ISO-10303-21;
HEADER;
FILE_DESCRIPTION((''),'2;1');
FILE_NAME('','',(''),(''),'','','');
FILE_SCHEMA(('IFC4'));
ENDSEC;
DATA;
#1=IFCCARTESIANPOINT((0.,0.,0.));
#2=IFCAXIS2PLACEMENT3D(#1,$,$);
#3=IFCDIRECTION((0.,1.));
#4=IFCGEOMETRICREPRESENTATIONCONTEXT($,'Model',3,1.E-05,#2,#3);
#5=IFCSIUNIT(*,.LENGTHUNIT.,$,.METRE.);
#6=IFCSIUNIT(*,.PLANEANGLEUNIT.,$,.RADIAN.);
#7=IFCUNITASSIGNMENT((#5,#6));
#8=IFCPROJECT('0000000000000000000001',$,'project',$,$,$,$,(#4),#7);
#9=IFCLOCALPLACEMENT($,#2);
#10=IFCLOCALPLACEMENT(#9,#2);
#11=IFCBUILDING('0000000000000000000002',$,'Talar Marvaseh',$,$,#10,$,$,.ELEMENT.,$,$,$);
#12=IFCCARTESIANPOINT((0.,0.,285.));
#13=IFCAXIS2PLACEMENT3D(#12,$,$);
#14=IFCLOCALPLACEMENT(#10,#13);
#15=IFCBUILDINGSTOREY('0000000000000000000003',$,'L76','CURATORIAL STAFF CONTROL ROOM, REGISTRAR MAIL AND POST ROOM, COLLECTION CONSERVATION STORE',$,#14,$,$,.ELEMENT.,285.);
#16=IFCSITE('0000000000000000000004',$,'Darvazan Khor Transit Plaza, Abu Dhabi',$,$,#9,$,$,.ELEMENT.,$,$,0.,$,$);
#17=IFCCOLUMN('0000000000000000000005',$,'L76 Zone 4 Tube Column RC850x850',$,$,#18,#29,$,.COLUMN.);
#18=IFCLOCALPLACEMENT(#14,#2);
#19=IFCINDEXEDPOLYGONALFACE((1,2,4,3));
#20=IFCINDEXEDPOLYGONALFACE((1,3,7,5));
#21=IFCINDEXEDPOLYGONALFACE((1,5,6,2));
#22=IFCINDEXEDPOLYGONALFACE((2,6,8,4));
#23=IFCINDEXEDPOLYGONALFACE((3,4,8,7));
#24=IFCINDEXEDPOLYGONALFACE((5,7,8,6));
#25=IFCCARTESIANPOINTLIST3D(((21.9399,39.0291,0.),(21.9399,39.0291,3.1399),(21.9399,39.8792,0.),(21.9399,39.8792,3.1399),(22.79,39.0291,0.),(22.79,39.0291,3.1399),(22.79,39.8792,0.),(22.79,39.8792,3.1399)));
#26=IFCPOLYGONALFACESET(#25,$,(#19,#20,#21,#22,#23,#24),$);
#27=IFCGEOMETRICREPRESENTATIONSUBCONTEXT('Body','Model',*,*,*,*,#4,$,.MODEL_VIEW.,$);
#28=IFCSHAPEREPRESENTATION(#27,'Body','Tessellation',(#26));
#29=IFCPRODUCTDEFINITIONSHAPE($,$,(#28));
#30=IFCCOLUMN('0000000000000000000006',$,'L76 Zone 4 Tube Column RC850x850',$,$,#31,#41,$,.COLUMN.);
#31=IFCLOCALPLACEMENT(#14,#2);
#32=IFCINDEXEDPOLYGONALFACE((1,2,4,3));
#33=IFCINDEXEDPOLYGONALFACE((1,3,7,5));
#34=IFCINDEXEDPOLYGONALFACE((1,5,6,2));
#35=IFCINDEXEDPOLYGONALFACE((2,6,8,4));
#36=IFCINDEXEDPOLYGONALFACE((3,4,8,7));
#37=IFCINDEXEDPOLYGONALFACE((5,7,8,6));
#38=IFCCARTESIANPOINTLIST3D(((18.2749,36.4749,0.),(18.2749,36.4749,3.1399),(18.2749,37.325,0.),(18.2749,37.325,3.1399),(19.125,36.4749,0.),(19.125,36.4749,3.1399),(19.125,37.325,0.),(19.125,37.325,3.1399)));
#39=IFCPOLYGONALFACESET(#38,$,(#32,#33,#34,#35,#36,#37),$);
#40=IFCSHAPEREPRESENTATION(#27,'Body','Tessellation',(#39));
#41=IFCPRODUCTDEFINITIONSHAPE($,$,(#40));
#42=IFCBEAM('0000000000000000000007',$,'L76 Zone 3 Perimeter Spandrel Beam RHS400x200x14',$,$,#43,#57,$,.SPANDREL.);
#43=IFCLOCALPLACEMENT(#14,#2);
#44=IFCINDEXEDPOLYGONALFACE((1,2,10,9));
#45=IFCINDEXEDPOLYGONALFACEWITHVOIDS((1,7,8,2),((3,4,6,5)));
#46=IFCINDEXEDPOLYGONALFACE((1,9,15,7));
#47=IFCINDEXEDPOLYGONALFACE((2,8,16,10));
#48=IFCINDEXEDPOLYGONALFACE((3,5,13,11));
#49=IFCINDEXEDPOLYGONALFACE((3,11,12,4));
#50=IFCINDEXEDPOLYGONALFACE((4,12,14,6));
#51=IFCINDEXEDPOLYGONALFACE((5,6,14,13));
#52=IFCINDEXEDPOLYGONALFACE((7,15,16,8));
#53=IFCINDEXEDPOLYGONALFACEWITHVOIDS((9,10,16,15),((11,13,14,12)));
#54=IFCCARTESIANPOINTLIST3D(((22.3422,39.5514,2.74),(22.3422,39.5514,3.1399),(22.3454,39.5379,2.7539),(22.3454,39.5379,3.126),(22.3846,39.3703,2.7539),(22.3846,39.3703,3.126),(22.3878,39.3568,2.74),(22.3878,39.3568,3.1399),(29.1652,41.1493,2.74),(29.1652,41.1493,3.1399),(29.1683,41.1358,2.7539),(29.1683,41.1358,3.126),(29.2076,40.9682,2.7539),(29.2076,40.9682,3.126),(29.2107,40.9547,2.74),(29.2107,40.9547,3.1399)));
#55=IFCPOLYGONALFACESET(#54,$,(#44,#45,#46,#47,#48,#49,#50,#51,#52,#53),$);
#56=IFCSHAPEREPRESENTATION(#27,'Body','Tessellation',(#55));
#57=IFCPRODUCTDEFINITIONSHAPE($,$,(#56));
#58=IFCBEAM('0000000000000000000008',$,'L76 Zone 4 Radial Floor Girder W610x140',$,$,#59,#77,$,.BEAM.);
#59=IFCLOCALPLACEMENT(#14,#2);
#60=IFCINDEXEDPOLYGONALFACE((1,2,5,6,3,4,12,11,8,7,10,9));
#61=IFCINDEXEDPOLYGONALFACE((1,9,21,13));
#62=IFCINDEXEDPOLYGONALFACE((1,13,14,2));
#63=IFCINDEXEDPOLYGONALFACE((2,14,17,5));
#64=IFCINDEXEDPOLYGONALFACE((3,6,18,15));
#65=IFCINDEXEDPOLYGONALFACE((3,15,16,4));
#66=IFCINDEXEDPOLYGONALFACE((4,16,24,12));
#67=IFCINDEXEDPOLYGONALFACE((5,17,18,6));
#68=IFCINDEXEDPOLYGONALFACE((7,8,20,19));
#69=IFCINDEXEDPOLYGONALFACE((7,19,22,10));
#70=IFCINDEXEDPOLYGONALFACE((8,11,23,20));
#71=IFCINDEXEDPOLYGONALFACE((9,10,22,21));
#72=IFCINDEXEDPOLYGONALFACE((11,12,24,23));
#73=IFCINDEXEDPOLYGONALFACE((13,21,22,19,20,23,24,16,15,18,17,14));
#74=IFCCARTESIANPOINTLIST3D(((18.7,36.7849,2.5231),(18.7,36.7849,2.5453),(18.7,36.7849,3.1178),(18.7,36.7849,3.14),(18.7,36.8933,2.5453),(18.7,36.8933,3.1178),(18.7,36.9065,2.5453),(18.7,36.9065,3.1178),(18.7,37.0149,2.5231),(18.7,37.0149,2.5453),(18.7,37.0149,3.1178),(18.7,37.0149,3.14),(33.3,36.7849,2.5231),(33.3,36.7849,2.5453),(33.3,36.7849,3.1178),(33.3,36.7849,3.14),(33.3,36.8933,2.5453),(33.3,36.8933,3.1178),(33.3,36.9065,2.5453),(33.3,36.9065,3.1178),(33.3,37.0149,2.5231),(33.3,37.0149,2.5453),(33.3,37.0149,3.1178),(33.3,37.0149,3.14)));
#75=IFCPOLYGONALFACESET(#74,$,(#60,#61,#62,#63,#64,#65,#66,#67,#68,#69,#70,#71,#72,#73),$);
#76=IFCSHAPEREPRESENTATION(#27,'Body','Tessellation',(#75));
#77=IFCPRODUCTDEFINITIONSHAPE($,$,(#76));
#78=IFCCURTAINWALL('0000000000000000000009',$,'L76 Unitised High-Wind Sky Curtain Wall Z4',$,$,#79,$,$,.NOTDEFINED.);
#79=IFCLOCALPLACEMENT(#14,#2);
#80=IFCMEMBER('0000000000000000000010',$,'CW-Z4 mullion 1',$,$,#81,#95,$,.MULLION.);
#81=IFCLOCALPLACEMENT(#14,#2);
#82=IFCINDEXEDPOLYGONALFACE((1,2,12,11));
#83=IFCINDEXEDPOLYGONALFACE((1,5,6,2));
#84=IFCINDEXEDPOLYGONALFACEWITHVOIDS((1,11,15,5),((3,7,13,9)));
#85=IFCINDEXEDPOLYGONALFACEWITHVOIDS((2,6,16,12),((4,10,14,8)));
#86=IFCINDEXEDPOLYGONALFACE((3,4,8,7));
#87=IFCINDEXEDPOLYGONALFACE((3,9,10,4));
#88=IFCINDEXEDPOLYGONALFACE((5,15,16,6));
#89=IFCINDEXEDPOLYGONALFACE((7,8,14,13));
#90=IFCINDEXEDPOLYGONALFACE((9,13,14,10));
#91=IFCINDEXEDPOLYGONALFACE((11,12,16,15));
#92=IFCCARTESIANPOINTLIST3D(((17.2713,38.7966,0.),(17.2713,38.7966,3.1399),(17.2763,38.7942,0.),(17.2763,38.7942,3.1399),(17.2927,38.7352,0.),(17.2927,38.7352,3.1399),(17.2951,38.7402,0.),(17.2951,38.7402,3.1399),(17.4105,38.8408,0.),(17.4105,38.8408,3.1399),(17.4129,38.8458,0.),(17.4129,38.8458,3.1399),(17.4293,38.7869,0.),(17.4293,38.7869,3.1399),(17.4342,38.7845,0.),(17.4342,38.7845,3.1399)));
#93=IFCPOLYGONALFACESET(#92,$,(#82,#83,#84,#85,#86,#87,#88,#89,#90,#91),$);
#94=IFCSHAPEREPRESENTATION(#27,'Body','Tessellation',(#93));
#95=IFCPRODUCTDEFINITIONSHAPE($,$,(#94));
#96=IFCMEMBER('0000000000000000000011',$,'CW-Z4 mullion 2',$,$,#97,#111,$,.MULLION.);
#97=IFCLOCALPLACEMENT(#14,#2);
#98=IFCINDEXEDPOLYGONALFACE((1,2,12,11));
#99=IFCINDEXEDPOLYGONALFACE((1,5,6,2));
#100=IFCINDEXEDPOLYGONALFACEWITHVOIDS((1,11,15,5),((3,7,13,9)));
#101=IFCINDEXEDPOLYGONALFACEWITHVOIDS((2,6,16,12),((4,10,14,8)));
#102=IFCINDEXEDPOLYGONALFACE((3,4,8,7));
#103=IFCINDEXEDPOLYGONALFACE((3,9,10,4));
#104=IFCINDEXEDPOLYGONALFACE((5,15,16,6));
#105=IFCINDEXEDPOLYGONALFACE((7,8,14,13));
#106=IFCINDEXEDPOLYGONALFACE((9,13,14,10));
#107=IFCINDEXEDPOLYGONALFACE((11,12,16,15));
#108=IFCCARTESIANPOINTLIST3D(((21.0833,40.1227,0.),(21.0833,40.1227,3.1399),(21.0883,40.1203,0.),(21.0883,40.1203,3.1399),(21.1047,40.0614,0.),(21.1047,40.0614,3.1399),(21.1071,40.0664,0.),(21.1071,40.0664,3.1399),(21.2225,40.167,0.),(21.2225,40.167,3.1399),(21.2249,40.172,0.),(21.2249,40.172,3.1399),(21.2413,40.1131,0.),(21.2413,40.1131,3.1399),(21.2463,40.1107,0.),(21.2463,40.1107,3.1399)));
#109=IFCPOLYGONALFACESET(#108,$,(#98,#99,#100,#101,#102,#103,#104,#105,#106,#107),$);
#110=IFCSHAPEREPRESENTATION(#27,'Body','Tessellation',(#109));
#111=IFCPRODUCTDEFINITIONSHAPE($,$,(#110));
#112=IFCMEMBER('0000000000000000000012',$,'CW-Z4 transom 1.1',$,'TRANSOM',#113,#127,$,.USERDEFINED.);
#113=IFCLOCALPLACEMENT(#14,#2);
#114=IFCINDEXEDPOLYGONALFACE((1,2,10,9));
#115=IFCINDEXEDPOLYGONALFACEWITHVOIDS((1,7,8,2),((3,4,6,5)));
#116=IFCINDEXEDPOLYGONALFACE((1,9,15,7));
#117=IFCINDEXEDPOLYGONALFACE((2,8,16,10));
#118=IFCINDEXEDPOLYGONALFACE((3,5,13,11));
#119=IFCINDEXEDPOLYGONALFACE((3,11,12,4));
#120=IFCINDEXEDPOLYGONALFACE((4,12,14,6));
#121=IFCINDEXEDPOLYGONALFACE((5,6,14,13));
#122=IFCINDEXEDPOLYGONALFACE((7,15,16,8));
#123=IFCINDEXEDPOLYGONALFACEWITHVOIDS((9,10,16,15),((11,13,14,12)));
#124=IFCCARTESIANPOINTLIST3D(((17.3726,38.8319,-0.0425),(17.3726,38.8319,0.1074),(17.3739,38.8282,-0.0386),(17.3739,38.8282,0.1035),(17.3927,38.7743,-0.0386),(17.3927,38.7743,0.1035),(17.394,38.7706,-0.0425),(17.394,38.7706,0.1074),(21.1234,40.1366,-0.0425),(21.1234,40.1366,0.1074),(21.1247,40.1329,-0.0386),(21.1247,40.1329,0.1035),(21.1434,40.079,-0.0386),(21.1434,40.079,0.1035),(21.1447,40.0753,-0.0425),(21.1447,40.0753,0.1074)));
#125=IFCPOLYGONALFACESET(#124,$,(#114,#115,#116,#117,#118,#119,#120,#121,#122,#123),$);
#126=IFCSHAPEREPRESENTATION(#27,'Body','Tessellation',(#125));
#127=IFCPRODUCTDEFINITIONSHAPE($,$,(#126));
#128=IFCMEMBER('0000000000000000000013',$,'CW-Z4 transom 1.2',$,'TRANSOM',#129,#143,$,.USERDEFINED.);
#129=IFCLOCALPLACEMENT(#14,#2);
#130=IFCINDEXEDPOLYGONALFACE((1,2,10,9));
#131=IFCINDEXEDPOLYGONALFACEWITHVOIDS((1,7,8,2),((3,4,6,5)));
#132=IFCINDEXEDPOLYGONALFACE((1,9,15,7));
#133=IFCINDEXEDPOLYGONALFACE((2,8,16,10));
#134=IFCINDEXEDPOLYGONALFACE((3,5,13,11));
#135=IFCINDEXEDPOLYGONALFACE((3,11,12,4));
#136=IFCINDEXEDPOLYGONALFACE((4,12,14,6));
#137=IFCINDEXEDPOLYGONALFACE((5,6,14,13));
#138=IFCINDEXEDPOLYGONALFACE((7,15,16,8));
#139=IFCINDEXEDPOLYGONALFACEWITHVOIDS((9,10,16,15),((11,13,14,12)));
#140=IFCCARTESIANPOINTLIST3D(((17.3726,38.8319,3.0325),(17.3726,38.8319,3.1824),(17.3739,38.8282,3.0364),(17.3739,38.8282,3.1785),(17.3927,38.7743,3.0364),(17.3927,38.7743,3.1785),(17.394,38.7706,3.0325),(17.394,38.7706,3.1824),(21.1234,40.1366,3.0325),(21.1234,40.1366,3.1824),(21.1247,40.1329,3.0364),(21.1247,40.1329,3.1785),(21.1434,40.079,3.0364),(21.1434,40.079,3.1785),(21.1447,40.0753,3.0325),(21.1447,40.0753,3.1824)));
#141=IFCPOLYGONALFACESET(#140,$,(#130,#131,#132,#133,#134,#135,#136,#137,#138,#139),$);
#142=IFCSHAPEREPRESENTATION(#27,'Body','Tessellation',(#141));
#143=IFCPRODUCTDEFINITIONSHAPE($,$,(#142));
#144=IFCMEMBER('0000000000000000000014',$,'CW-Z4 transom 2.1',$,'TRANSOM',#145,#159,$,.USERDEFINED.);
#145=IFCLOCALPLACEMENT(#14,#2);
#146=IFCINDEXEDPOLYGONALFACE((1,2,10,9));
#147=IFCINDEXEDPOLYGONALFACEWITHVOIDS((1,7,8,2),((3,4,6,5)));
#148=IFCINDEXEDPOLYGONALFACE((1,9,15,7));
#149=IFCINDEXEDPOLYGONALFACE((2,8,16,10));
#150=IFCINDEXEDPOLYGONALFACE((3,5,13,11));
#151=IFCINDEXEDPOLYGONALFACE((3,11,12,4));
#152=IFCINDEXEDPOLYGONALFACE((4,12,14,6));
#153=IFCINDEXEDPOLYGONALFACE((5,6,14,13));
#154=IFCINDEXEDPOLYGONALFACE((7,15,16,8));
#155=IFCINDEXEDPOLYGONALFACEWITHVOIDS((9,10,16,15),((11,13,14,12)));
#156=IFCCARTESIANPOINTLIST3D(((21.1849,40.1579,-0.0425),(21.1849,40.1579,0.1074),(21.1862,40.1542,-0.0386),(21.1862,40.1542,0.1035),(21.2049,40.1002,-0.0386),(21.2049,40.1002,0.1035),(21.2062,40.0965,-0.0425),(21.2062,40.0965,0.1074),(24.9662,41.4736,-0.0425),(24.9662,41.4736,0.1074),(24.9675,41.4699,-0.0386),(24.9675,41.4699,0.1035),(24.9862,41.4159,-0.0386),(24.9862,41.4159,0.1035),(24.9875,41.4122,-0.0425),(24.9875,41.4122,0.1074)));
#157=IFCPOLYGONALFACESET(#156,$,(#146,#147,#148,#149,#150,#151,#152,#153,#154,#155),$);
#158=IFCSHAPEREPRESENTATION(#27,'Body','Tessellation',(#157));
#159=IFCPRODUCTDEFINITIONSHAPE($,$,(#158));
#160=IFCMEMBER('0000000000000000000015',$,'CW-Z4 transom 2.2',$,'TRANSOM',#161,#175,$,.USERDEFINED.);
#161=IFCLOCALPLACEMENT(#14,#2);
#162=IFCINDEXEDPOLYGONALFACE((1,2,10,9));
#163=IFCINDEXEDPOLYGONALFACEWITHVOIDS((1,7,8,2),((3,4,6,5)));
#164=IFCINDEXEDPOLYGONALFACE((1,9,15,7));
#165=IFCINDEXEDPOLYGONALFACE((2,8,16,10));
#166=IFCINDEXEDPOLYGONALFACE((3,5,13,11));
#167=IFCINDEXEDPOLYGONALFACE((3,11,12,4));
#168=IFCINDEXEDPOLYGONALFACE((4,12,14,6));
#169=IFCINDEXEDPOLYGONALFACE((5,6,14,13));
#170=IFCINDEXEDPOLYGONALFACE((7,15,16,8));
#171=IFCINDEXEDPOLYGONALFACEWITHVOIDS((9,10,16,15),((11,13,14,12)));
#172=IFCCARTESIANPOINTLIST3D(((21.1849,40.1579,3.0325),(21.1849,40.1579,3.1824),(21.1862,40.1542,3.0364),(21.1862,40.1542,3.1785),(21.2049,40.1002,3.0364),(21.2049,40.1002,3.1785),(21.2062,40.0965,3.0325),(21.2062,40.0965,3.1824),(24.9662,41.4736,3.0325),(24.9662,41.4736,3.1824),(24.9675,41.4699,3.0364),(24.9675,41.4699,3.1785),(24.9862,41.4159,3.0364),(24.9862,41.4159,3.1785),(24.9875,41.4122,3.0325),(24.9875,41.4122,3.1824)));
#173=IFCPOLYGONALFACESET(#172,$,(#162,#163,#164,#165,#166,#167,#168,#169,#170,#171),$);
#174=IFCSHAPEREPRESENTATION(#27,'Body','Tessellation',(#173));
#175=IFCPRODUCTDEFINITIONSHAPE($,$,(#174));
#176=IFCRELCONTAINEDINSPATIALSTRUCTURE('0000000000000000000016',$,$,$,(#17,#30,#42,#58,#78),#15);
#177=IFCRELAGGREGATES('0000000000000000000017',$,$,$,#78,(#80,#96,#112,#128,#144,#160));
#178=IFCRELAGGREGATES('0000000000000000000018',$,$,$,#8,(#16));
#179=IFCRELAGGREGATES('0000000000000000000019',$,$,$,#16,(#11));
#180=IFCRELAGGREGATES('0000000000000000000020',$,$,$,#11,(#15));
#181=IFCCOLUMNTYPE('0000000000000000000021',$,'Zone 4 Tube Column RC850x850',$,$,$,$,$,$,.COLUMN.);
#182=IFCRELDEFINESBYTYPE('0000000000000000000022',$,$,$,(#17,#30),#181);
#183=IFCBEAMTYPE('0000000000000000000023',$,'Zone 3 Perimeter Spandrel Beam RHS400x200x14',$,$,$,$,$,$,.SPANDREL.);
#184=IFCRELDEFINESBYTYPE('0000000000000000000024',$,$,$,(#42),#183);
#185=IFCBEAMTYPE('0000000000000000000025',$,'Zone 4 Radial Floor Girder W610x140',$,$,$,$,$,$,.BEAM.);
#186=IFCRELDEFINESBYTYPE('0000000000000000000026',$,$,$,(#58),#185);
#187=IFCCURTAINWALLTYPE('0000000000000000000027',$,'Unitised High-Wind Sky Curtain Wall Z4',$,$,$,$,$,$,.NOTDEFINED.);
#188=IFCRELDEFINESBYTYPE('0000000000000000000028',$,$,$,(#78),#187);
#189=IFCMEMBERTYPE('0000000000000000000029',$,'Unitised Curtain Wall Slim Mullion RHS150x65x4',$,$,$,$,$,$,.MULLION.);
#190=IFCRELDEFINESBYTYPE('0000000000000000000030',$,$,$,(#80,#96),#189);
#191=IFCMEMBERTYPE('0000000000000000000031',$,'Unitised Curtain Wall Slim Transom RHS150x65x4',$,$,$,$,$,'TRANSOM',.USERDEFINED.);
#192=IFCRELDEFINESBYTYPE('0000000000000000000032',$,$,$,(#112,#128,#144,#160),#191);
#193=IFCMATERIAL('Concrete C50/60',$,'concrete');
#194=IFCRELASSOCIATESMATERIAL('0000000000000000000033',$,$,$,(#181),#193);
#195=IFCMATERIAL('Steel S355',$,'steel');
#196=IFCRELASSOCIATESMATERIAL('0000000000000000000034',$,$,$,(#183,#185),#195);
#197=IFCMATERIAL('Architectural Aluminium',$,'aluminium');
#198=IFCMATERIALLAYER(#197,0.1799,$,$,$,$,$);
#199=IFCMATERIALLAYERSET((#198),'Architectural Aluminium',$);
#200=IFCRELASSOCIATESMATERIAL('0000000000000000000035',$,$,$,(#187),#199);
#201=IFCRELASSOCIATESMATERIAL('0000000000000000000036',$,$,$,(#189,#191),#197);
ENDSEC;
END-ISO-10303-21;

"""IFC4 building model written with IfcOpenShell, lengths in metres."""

from ifc_helpers import new_model, si_unit, direction, frame, origin, origin_2d, place, context, subcontext, project, spatial, rectangle, hollow_rectangle, i_section, extrude, source, transform, mapped, material, layer, layer_set, material_profile, profile_set, type_object, type_shapes, element, aggregate, save


model = new_model("IFC4")

# Units and contexts
model_context = context("Model", 3, precision=1e-05, world=origin(), true_north=direction((0.0, 1.0)))
body_context = subcontext(model_context, "Body", "Model", "MODEL_VIEW")
ifc_project = project(units=[si_unit("LENGTHUNIT", "METRE"), si_unit("PLANEANGLEUNIT", "RADIAN")], contexts=[model_context])

# Site, building, storey
site_placement = place(None, origin())
site = spatial("IfcSite", under=ifc_project, at=site_placement, Name="Darvazan Khor Transit Plaza, Abu Dhabi", CompositionType="ELEMENT", RefElevation=0.0)
building_placement = place(site_placement, origin())
building = spatial("IfcBuilding", under=site, at=building_placement, Name="Talar Marvaseh", CompositionType="ELEMENT")
storey_placement = place(building_placement, frame((0.0, 0.0, 285.0)))
storey = spatial("IfcBuildingStorey", under=building, at=storey_placement, Name="L76", Description="CURATORIAL STAFF CONTROL ROOM, REGISTRAR MAIL AND POST ROOM, COLLECTION CONSERVATION STORE", CompositionType="ELEMENT", Elevation=285.0)

# Columns
ifc_material_1 = material(Name="Concrete C50/60", Category="concrete")
ifc_material_profile_1 = material_profile(ifc_material_1, rectangle(XDim=0.8501, YDim=0.8501, at=origin_2d()), Name="RC850x850")
ifc_profile_set_1 = profile_set([ifc_material_profile_1], Name="Concrete C50/60")
column_type = type_object("IfcColumnType", Name="Zone 4 Tube Column RC850x850", PredefinedType="COLUMN", material=ifc_profile_set_1)
for number, where, z_axis, x_axis, name in (
    (1, (22.365, 39.4541, 0.0), (0.0, 0.0, 1.0), (1.0, 0.0, 0.0), "L76 Zone 4 Tube Column RC850x850"),
    (2, (18.7, 36.8999, 0.0), (0.0, 0.0, 1.0), (1.0, 0.0, 0.0), "L76 Zone 4 Tube Column RC850x850"),
):
    element("IfcColumn", number, at=place(storey_placement, frame(where, z_axis=z_axis, x_axis=x_axis)), inside=storey, type_object=column_type, Name=name, PredefinedType="COLUMN", context=body_context, shape_type="SweptSolid", body=[
        extrude(rectangle(XDim=0.8501, YDim=0.8501, at=origin_2d()), origin(), (0.0, 0.0, 1.0), 3.1399),
    ])

# Beams
ifc_material_2 = material(Name="Steel S355", Category="steel")
ifc_material_profile_2 = material_profile(ifc_material_2, hollow_rectangle(XDim=0.2, YDim=0.3999, WallThickness=0.0139, at=origin_2d()), Name="RHS400x200x14")
ifc_profile_set_2 = profile_set([ifc_material_profile_2], Name="Steel S355")
beam_type_1 = type_object("IfcBeamType", Name="Zone 3 Perimeter Spandrel Beam RHS400x200x14", PredefinedType="SPANDREL", material=ifc_profile_set_2)
beam_1_placement = place(storey_placement, frame((22.365, 39.4541, 2.9399), z_axis=(0.973656, 0.228024, 0.0), x_axis=(-0.228024, 0.973656, 0.0)))
element("IfcBeam", 3, at=beam_1_placement, inside=storey, type_object=beam_type_1, Name="L76 Zone 3 Perimeter Spandrel Beam RHS400x200x14", PredefinedType="SPANDREL", context=body_context, shape_type="SweptSolid", body=[
    extrude(hollow_rectangle(XDim=0.2, YDim=0.3999, WallThickness=0.0139, at=origin_2d()), origin(), (0.0, 0.0, 1.0), 7.0076),
])
ifc_material_profile_3 = material_profile(ifc_material_2, i_section(OverallWidth=0.23, OverallDepth=0.6169, WebThickness=0.0132, FlangeThickness=0.0222, at=origin_2d()), Name="W610x140")
ifc_profile_set_3 = profile_set([ifc_material_profile_3], Name="Steel S355")
beam_type_2 = type_object("IfcBeamType", Name="Zone 4 Radial Floor Girder W610x140", PredefinedType="BEAM", material=ifc_profile_set_3)
beam_2_placement = place(storey_placement, frame((18.7, 36.8999, 2.8315), z_axis=(1.0, 0.0, 0.0), x_axis=(0.0, 1.0, 0.0)))
element("IfcBeam", 4, at=beam_2_placement, inside=storey, type_object=beam_type_2, Name="L76 Zone 4 Radial Floor Girder W610x140", PredefinedType="BEAM", context=body_context, shape_type="SweptSolid", body=[
    extrude(i_section(OverallWidth=0.23, OverallDepth=0.6169, WebThickness=0.0132, FlangeThickness=0.0222, at=origin_2d()), origin(), (0.0, 0.0, 1.0), 14.6001),
])

# Curtain wall, members
ifc_material_3 = material(Name="Architectural Aluminium", Category="aluminium")
ifc_layer_1 = layer(ifc_material_3, 0.1799)
ifc_layer_set_1 = layer_set([ifc_layer_1], Name="Architectural Aluminium")
curtain_wall_type = type_object("IfcCurtainWallType", Name="Unitised High-Wind Sky Curtain Wall Z4", PredefinedType="NOTDEFINED", material=ifc_layer_set_1)
curtain_wall_placement = place(storey_placement, origin())
curtain_wall = element("IfcCurtainWall", 5, at=curtain_wall_placement, inside=storey, type_object=curtain_wall_type, Name="L76 Unitised High-Wind Sky Curtain Wall Z4", PredefinedType="NOTDEFINED")
ifc_material_profile_4 = material_profile(ifc_material_3, hollow_rectangle(XDim=0.0649, YDim=0.1499, WallThickness=0.0039, at=origin_2d()), Name="RHS150x65x4")
ifc_profile_set_4 = profile_set([ifc_material_profile_4], Name="Architectural Aluminium")
member_type_1 = type_object("IfcMemberType", Name="Unitised Curtain Wall Slim Mullion RHS150x65x4", PredefinedType="MULLION", material=ifc_profile_set_4)
shared_shape_1 = source(origin(), body_context, "Body", "SweptSolid", [
    extrude(hollow_rectangle(XDim=0.0649, YDim=0.1499, WallThickness=0.0039, at=origin_2d()), origin(), (0.0, 0.0, 1.0), 3.1399),
])
type_shapes(member_type_1, [shared_shape_1])
member_1_placement = place(storey_placement, frame((17.3528, 38.7905, 0.0), z_axis=(0.0, 0.0, 1.0), x_axis=(-0.328569, 0.94448, 0.0)))
member_1 = element("IfcMember", 6, at=member_1_placement, type_object=member_type_1, Name="CW-Z4 mullion 1", PredefinedType="MULLION", context=body_context, shape_type="MappedRepresentation", body=[
    mapped(shared_shape_1, transform((0.0, 0.0, 0.0), x_axis=(1.0, 0.0, 0.0), y_axis=(0.0, 1.0, 0.0), z_axis=(0.0, 0.0, 1.0), scale=1.0)),
])
member_2_placement = place(storey_placement, frame((21.1648, 40.1167, 0.0), z_axis=(0.0, 0.0, 1.0), x_axis=(-0.328569, 0.94448, 0.0)))
member_2 = element("IfcMember", 7, at=member_2_placement, type_object=member_type_1, Name="CW-Z4 mullion 2", PredefinedType="MULLION", context=body_context, shape_type="MappedRepresentation", body=[
    mapped(shared_shape_1, transform((0.0, 0.0, 0.0), x_axis=(1.0, 0.0, 0.0), y_axis=(0.0, 1.0, 0.0), z_axis=(0.0, 0.0, 1.0), scale=1.0)),
])
ifc_material_profile_5 = material_profile(ifc_material_3, hollow_rectangle(XDim=0.0649, YDim=0.1499, WallThickness=0.0039, at=origin_2d()), Name="RHS150x65x4")
ifc_profile_set_5 = profile_set([ifc_material_profile_5], Name="Architectural Aluminium")
member_type_2 = type_object("IfcMemberType", Name="Unitised Curtain Wall Slim Transom RHS150x65x4", ElementType="TRANSOM", PredefinedType="USERDEFINED", material=ifc_profile_set_5)
shared_shape_2 = source(origin(), body_context, "Body", "SweptSolid", [
    extrude(hollow_rectangle(XDim=0.0649, YDim=0.1499, WallThickness=0.0039, at=origin_2d()), origin(), (0.0, 0.0, 1.0), 3.9712),
])
member_3_placement = place(storey_placement, frame((17.3833, 38.8013, 0.0325), z_axis=(0.94449, 0.32854, 0.0), x_axis=(-0.32854, 0.94449, 0.0)))
member_3 = element("IfcMember", 8, at=member_3_placement, type_object=member_type_2, Name="CW-Z4 transom 1.1", ObjectType="TRANSOM", PredefinedType="USERDEFINED", context=body_context, shape_type="MappedRepresentation", body=[
    mapped(shared_shape_2, transform((0.0, 0.0, 0.0), x_axis=(1.0, 0.0, 0.0), y_axis=(0.0, 1.0, 0.0), z_axis=(0.0, 0.0, 1.0), scale=1.0)),
])
member_4_placement = place(storey_placement, frame((17.3833, 38.8013, 3.1074), z_axis=(0.94449, 0.32854, 0.0), x_axis=(-0.32854, 0.94449, 0.0)))
member_4 = element("IfcMember", 9, at=member_4_placement, type_object=member_type_2, Name="CW-Z4 transom 1.2", ObjectType="TRANSOM", PredefinedType="USERDEFINED", context=body_context, shape_type="MappedRepresentation", body=[
    mapped(shared_shape_2, transform((0.0, 0.0, 0.0), x_axis=(1.0, 0.0, 0.0), y_axis=(0.0, 1.0, 0.0), z_axis=(0.0, 0.0, 1.0), scale=1.0)),
])
shared_shape_3 = source(origin(), body_context, "Body", "SweptSolid", [
    extrude(hollow_rectangle(XDim=0.0649, YDim=0.1499, WallThickness=0.0039, at=origin_2d()), origin(), (0.0, 0.0, 1.0), 4.0037),
])
type_shapes(member_type_2, [shared_shape_2, shared_shape_3])
member_5_placement = place(storey_placement, frame((21.1956, 40.1272, 0.0325), z_axis=(0.944461, 0.328622, 0.0), x_axis=(-0.328622, 0.944461, 0.0)))
member_5 = element("IfcMember", 10, at=member_5_placement, type_object=member_type_2, Name="CW-Z4 transom 2.1", ObjectType="TRANSOM", PredefinedType="USERDEFINED", context=body_context, shape_type="MappedRepresentation", body=[
    mapped(shared_shape_3, transform((0.0, 0.0, 0.0), x_axis=(1.0, 0.0, 0.0), y_axis=(0.0, 1.0, 0.0), z_axis=(0.0, 0.0, 1.0), scale=1.0)),
])
member_6_placement = place(storey_placement, frame((21.1956, 40.1272, 3.1074), z_axis=(0.944461, 0.328622, 0.0), x_axis=(-0.328622, 0.944461, 0.0)))
member_6 = element("IfcMember", 11, at=member_6_placement, type_object=member_type_2, Name="CW-Z4 transom 2.2", ObjectType="TRANSOM", PredefinedType="USERDEFINED", context=body_context, shape_type="MappedRepresentation", body=[
    mapped(shared_shape_3, transform((0.0, 0.0, 0.0), x_axis=(1.0, 0.0, 0.0), y_axis=(0.0, 1.0, 0.0), z_axis=(0.0, 0.0, 1.0), scale=1.0)),
])
aggregate(curtain_wall, [member_1, member_2, member_3, member_4, member_5, member_6])

save(model, "model.ifc")
